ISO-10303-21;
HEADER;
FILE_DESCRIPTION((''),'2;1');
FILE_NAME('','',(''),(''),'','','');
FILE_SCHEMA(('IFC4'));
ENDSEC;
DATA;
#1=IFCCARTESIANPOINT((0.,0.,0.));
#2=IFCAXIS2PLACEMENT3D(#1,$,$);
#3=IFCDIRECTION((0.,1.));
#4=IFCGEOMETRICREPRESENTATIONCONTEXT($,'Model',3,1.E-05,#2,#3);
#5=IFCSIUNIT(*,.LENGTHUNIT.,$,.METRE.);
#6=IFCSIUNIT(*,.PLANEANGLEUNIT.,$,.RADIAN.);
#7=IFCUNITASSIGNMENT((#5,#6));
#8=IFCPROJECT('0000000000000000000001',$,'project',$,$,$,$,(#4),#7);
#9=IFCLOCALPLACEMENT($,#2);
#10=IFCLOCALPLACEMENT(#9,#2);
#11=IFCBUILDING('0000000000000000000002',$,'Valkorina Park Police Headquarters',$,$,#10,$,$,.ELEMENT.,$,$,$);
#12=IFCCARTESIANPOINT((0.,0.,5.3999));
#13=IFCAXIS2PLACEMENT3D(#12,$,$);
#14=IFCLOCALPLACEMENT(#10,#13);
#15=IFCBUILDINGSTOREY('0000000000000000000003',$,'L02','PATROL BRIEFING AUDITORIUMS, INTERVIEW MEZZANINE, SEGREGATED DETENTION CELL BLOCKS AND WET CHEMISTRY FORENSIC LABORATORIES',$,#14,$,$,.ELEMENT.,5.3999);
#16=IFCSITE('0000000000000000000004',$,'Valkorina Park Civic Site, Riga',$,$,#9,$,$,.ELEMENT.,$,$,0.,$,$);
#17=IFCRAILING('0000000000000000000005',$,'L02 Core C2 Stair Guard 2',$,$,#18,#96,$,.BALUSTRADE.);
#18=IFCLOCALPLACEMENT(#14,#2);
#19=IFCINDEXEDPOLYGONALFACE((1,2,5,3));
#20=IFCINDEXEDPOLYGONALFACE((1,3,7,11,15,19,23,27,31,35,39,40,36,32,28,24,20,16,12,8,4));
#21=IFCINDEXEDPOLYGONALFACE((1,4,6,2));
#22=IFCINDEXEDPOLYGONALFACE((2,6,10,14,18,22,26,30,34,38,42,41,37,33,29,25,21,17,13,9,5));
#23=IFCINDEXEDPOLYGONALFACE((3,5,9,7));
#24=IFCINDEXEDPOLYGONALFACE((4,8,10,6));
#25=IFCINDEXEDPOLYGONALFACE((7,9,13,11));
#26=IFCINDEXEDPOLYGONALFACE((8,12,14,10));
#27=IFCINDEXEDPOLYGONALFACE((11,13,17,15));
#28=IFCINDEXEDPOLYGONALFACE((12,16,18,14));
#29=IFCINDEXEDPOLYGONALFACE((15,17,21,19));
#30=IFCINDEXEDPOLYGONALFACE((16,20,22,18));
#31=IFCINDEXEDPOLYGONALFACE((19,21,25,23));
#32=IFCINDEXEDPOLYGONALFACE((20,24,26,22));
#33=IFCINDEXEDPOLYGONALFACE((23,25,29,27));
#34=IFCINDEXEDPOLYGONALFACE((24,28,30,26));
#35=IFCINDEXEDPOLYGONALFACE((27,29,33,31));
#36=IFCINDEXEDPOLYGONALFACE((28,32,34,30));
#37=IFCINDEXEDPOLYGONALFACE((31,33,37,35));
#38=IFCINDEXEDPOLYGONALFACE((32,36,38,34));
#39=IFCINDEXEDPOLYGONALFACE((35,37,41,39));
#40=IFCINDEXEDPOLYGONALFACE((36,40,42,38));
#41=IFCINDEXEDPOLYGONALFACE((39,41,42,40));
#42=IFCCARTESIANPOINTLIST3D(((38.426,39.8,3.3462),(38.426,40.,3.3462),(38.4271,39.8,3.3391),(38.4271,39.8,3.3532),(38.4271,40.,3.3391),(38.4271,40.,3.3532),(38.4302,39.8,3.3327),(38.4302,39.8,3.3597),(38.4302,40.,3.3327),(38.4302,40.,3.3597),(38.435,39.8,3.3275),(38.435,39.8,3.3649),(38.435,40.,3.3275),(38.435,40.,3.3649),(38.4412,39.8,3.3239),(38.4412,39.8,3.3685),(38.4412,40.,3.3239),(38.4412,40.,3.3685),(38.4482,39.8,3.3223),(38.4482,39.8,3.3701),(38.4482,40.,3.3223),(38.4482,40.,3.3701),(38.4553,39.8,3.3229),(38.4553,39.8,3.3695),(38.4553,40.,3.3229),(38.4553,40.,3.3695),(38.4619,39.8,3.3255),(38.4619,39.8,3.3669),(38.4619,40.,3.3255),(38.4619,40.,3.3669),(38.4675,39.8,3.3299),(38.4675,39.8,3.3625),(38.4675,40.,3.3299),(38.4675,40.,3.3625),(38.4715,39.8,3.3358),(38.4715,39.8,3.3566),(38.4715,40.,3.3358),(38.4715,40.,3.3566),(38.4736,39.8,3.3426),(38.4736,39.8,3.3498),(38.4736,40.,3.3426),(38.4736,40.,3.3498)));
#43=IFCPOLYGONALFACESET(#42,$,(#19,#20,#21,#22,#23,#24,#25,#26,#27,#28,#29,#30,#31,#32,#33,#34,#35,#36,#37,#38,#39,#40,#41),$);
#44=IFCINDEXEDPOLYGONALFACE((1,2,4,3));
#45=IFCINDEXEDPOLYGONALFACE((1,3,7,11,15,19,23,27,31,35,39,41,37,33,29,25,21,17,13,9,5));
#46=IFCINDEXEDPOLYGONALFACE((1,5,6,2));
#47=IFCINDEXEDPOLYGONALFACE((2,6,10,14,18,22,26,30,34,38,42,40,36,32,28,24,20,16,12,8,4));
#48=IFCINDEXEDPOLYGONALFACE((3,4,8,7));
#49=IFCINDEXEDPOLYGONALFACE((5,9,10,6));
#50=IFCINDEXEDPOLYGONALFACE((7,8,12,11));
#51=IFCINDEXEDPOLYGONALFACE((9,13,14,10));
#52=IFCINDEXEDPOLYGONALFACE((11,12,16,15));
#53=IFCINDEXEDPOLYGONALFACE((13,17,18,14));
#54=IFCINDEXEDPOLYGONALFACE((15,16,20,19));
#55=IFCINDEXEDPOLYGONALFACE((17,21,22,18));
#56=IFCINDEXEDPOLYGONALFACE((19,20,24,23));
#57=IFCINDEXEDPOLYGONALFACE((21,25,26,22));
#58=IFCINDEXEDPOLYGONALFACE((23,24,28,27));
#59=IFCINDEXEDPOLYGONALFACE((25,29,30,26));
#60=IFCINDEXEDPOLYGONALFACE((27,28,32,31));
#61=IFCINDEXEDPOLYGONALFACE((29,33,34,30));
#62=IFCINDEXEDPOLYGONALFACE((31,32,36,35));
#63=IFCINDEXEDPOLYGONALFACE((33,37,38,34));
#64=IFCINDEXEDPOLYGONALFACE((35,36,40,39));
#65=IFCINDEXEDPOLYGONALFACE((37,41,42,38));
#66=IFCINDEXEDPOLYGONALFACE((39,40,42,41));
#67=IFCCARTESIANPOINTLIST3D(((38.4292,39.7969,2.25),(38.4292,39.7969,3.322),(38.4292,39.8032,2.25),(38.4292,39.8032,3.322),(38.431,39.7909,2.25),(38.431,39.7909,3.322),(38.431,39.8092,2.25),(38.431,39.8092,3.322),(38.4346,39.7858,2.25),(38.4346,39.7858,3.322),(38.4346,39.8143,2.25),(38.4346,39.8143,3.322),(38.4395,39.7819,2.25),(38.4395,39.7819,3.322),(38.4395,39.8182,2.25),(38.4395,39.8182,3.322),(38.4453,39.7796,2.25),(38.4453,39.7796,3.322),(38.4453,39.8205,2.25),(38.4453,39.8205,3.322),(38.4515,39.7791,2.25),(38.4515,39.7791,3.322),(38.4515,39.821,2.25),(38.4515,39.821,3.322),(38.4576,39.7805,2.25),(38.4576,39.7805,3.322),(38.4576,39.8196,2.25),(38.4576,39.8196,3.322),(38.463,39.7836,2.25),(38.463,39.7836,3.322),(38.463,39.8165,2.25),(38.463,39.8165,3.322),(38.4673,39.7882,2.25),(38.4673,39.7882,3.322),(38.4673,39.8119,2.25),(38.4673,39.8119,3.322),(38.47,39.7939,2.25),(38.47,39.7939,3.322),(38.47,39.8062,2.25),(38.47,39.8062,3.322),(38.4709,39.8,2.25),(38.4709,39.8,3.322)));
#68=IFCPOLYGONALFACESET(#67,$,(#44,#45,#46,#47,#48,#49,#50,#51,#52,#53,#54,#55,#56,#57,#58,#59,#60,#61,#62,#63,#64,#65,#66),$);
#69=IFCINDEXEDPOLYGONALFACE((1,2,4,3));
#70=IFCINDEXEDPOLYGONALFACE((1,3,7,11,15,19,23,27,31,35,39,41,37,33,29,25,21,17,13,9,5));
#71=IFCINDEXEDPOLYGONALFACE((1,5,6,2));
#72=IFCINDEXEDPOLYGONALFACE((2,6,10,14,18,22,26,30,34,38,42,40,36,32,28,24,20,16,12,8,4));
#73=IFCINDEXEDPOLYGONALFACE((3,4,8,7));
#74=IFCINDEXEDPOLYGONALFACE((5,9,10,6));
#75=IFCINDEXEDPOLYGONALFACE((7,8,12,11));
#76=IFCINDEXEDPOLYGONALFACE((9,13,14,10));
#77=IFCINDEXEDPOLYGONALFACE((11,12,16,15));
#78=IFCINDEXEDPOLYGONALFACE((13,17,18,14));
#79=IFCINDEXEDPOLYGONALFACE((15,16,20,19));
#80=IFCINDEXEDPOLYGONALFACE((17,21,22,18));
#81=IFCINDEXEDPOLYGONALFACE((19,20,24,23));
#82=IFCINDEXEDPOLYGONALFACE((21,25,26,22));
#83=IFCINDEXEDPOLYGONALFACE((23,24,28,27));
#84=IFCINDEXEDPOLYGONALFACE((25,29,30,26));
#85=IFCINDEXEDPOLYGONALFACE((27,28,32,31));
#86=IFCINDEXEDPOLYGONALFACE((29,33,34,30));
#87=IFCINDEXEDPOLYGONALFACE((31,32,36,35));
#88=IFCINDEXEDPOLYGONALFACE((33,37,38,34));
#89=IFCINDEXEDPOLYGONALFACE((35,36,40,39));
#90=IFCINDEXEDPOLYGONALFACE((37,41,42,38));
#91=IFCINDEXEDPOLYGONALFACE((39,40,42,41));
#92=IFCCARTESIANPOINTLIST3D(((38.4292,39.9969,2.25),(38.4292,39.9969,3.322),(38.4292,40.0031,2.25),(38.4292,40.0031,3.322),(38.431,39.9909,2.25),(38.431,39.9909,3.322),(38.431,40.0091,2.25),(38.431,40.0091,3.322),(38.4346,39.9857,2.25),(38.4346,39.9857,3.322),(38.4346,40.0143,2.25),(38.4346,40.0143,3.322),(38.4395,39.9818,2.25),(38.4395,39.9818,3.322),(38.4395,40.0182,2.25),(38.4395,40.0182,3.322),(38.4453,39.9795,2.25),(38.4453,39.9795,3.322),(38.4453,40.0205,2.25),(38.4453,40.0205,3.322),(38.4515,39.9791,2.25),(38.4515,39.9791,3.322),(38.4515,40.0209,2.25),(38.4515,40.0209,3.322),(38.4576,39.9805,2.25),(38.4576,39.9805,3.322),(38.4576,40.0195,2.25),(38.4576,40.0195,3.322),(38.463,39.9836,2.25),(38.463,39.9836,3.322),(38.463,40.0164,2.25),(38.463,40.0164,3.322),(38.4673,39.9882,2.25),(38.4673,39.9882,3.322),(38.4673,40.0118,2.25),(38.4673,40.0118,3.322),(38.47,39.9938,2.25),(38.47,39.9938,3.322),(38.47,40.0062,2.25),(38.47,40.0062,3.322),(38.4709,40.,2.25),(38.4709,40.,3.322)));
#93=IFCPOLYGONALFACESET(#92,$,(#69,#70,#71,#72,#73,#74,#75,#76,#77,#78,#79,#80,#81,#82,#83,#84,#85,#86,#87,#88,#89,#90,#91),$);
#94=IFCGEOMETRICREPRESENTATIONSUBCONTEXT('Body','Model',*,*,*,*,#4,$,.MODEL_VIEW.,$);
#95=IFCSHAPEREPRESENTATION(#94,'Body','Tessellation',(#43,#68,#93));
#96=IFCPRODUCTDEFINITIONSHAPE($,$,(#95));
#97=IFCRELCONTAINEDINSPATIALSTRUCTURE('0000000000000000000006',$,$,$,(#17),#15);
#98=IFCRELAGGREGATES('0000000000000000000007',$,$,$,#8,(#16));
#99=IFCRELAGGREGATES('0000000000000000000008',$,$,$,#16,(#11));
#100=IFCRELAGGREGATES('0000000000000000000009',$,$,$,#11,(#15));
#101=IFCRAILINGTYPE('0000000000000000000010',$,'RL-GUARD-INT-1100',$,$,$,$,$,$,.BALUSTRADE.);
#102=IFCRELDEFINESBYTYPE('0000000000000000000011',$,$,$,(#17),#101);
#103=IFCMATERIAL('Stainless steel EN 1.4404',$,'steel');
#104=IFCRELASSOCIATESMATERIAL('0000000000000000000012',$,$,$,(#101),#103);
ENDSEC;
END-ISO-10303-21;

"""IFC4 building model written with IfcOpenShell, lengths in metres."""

from ifc_helpers import new_model, si_unit, direction, frame, origin, origin_2d, place, context, subcontext, project, spatial, circle, extrude, material, type_object, element, save


model = new_model("IFC4")

# Units and contexts
model_context = context("Model", 3, precision=1e-05, world=origin(), true_north=direction((0.0, 1.0)))
body_context = subcontext(model_context, "Body", "Model", "MODEL_VIEW")
ifc_project = project(units=[si_unit("LENGTHUNIT", "METRE"), si_unit("PLANEANGLEUNIT", "RADIAN")], contexts=[model_context])

# Site, building, storey
site_placement = place(None, origin())
site = spatial("IfcSite", under=ifc_project, at=site_placement, Name="Valkorina Park Civic Site, Riga", CompositionType="ELEMENT", RefElevation=0.0)
building_placement = place(site_placement, origin())
building = spatial("IfcBuilding", under=site, at=building_placement, Name="Valkorina Park Police Headquarters", CompositionType="ELEMENT")
storey_placement = place(building_placement, frame((0.0, 0.0, 5.3999)))
storey = spatial("IfcBuildingStorey", under=building, at=storey_placement, Name="L02", Description="PATROL BRIEFING AUDITORIUMS, INTERVIEW MEZZANINE, SEGREGATED DETENTION CELL BLOCKS AND WET CHEMISTRY FORENSIC LABORATORIES", CompositionType="ELEMENT", Elevation=5.3999)

# Railing
ifc_material_1 = material(Name="Stainless steel EN 1.4404", Category="steel")
railing_type_1 = type_object("IfcRailingType", Name="RL-GUARD-INT-1100", PredefinedType="BALUSTRADE", material=ifc_material_1)
railing_1_placement = place(storey_placement, frame((38.45, 39.8, 2.25)))
element("IfcRailing", 1, at=railing_1_placement, inside=storey, type_object=railing_type_1, Name="L02 Core C2 Stair Guard 2", PredefinedType="BALUSTRADE", context=body_context, shape_type="SweptSolid", body=[
    extrude(circle(Radius=0.0239, at=origin_2d()), frame((0.0, 0.0, 1.0962), z_axis=(0.0, 1.0, 0.0), x_axis=(-1.0, 0.0, 0.0)), (0.0, 0.0, 1.0), 0.2),
    extrude(circle(Radius=0.021, at=origin_2d()), origin(), (0.0, 0.0, 1.0), 1.072),
    extrude(circle(Radius=0.021, at=origin_2d()), frame((0.0, 0.2, 0.0)), (0.0, 0.0, 1.0), 1.072),
])

save(model, "model.ifc")
